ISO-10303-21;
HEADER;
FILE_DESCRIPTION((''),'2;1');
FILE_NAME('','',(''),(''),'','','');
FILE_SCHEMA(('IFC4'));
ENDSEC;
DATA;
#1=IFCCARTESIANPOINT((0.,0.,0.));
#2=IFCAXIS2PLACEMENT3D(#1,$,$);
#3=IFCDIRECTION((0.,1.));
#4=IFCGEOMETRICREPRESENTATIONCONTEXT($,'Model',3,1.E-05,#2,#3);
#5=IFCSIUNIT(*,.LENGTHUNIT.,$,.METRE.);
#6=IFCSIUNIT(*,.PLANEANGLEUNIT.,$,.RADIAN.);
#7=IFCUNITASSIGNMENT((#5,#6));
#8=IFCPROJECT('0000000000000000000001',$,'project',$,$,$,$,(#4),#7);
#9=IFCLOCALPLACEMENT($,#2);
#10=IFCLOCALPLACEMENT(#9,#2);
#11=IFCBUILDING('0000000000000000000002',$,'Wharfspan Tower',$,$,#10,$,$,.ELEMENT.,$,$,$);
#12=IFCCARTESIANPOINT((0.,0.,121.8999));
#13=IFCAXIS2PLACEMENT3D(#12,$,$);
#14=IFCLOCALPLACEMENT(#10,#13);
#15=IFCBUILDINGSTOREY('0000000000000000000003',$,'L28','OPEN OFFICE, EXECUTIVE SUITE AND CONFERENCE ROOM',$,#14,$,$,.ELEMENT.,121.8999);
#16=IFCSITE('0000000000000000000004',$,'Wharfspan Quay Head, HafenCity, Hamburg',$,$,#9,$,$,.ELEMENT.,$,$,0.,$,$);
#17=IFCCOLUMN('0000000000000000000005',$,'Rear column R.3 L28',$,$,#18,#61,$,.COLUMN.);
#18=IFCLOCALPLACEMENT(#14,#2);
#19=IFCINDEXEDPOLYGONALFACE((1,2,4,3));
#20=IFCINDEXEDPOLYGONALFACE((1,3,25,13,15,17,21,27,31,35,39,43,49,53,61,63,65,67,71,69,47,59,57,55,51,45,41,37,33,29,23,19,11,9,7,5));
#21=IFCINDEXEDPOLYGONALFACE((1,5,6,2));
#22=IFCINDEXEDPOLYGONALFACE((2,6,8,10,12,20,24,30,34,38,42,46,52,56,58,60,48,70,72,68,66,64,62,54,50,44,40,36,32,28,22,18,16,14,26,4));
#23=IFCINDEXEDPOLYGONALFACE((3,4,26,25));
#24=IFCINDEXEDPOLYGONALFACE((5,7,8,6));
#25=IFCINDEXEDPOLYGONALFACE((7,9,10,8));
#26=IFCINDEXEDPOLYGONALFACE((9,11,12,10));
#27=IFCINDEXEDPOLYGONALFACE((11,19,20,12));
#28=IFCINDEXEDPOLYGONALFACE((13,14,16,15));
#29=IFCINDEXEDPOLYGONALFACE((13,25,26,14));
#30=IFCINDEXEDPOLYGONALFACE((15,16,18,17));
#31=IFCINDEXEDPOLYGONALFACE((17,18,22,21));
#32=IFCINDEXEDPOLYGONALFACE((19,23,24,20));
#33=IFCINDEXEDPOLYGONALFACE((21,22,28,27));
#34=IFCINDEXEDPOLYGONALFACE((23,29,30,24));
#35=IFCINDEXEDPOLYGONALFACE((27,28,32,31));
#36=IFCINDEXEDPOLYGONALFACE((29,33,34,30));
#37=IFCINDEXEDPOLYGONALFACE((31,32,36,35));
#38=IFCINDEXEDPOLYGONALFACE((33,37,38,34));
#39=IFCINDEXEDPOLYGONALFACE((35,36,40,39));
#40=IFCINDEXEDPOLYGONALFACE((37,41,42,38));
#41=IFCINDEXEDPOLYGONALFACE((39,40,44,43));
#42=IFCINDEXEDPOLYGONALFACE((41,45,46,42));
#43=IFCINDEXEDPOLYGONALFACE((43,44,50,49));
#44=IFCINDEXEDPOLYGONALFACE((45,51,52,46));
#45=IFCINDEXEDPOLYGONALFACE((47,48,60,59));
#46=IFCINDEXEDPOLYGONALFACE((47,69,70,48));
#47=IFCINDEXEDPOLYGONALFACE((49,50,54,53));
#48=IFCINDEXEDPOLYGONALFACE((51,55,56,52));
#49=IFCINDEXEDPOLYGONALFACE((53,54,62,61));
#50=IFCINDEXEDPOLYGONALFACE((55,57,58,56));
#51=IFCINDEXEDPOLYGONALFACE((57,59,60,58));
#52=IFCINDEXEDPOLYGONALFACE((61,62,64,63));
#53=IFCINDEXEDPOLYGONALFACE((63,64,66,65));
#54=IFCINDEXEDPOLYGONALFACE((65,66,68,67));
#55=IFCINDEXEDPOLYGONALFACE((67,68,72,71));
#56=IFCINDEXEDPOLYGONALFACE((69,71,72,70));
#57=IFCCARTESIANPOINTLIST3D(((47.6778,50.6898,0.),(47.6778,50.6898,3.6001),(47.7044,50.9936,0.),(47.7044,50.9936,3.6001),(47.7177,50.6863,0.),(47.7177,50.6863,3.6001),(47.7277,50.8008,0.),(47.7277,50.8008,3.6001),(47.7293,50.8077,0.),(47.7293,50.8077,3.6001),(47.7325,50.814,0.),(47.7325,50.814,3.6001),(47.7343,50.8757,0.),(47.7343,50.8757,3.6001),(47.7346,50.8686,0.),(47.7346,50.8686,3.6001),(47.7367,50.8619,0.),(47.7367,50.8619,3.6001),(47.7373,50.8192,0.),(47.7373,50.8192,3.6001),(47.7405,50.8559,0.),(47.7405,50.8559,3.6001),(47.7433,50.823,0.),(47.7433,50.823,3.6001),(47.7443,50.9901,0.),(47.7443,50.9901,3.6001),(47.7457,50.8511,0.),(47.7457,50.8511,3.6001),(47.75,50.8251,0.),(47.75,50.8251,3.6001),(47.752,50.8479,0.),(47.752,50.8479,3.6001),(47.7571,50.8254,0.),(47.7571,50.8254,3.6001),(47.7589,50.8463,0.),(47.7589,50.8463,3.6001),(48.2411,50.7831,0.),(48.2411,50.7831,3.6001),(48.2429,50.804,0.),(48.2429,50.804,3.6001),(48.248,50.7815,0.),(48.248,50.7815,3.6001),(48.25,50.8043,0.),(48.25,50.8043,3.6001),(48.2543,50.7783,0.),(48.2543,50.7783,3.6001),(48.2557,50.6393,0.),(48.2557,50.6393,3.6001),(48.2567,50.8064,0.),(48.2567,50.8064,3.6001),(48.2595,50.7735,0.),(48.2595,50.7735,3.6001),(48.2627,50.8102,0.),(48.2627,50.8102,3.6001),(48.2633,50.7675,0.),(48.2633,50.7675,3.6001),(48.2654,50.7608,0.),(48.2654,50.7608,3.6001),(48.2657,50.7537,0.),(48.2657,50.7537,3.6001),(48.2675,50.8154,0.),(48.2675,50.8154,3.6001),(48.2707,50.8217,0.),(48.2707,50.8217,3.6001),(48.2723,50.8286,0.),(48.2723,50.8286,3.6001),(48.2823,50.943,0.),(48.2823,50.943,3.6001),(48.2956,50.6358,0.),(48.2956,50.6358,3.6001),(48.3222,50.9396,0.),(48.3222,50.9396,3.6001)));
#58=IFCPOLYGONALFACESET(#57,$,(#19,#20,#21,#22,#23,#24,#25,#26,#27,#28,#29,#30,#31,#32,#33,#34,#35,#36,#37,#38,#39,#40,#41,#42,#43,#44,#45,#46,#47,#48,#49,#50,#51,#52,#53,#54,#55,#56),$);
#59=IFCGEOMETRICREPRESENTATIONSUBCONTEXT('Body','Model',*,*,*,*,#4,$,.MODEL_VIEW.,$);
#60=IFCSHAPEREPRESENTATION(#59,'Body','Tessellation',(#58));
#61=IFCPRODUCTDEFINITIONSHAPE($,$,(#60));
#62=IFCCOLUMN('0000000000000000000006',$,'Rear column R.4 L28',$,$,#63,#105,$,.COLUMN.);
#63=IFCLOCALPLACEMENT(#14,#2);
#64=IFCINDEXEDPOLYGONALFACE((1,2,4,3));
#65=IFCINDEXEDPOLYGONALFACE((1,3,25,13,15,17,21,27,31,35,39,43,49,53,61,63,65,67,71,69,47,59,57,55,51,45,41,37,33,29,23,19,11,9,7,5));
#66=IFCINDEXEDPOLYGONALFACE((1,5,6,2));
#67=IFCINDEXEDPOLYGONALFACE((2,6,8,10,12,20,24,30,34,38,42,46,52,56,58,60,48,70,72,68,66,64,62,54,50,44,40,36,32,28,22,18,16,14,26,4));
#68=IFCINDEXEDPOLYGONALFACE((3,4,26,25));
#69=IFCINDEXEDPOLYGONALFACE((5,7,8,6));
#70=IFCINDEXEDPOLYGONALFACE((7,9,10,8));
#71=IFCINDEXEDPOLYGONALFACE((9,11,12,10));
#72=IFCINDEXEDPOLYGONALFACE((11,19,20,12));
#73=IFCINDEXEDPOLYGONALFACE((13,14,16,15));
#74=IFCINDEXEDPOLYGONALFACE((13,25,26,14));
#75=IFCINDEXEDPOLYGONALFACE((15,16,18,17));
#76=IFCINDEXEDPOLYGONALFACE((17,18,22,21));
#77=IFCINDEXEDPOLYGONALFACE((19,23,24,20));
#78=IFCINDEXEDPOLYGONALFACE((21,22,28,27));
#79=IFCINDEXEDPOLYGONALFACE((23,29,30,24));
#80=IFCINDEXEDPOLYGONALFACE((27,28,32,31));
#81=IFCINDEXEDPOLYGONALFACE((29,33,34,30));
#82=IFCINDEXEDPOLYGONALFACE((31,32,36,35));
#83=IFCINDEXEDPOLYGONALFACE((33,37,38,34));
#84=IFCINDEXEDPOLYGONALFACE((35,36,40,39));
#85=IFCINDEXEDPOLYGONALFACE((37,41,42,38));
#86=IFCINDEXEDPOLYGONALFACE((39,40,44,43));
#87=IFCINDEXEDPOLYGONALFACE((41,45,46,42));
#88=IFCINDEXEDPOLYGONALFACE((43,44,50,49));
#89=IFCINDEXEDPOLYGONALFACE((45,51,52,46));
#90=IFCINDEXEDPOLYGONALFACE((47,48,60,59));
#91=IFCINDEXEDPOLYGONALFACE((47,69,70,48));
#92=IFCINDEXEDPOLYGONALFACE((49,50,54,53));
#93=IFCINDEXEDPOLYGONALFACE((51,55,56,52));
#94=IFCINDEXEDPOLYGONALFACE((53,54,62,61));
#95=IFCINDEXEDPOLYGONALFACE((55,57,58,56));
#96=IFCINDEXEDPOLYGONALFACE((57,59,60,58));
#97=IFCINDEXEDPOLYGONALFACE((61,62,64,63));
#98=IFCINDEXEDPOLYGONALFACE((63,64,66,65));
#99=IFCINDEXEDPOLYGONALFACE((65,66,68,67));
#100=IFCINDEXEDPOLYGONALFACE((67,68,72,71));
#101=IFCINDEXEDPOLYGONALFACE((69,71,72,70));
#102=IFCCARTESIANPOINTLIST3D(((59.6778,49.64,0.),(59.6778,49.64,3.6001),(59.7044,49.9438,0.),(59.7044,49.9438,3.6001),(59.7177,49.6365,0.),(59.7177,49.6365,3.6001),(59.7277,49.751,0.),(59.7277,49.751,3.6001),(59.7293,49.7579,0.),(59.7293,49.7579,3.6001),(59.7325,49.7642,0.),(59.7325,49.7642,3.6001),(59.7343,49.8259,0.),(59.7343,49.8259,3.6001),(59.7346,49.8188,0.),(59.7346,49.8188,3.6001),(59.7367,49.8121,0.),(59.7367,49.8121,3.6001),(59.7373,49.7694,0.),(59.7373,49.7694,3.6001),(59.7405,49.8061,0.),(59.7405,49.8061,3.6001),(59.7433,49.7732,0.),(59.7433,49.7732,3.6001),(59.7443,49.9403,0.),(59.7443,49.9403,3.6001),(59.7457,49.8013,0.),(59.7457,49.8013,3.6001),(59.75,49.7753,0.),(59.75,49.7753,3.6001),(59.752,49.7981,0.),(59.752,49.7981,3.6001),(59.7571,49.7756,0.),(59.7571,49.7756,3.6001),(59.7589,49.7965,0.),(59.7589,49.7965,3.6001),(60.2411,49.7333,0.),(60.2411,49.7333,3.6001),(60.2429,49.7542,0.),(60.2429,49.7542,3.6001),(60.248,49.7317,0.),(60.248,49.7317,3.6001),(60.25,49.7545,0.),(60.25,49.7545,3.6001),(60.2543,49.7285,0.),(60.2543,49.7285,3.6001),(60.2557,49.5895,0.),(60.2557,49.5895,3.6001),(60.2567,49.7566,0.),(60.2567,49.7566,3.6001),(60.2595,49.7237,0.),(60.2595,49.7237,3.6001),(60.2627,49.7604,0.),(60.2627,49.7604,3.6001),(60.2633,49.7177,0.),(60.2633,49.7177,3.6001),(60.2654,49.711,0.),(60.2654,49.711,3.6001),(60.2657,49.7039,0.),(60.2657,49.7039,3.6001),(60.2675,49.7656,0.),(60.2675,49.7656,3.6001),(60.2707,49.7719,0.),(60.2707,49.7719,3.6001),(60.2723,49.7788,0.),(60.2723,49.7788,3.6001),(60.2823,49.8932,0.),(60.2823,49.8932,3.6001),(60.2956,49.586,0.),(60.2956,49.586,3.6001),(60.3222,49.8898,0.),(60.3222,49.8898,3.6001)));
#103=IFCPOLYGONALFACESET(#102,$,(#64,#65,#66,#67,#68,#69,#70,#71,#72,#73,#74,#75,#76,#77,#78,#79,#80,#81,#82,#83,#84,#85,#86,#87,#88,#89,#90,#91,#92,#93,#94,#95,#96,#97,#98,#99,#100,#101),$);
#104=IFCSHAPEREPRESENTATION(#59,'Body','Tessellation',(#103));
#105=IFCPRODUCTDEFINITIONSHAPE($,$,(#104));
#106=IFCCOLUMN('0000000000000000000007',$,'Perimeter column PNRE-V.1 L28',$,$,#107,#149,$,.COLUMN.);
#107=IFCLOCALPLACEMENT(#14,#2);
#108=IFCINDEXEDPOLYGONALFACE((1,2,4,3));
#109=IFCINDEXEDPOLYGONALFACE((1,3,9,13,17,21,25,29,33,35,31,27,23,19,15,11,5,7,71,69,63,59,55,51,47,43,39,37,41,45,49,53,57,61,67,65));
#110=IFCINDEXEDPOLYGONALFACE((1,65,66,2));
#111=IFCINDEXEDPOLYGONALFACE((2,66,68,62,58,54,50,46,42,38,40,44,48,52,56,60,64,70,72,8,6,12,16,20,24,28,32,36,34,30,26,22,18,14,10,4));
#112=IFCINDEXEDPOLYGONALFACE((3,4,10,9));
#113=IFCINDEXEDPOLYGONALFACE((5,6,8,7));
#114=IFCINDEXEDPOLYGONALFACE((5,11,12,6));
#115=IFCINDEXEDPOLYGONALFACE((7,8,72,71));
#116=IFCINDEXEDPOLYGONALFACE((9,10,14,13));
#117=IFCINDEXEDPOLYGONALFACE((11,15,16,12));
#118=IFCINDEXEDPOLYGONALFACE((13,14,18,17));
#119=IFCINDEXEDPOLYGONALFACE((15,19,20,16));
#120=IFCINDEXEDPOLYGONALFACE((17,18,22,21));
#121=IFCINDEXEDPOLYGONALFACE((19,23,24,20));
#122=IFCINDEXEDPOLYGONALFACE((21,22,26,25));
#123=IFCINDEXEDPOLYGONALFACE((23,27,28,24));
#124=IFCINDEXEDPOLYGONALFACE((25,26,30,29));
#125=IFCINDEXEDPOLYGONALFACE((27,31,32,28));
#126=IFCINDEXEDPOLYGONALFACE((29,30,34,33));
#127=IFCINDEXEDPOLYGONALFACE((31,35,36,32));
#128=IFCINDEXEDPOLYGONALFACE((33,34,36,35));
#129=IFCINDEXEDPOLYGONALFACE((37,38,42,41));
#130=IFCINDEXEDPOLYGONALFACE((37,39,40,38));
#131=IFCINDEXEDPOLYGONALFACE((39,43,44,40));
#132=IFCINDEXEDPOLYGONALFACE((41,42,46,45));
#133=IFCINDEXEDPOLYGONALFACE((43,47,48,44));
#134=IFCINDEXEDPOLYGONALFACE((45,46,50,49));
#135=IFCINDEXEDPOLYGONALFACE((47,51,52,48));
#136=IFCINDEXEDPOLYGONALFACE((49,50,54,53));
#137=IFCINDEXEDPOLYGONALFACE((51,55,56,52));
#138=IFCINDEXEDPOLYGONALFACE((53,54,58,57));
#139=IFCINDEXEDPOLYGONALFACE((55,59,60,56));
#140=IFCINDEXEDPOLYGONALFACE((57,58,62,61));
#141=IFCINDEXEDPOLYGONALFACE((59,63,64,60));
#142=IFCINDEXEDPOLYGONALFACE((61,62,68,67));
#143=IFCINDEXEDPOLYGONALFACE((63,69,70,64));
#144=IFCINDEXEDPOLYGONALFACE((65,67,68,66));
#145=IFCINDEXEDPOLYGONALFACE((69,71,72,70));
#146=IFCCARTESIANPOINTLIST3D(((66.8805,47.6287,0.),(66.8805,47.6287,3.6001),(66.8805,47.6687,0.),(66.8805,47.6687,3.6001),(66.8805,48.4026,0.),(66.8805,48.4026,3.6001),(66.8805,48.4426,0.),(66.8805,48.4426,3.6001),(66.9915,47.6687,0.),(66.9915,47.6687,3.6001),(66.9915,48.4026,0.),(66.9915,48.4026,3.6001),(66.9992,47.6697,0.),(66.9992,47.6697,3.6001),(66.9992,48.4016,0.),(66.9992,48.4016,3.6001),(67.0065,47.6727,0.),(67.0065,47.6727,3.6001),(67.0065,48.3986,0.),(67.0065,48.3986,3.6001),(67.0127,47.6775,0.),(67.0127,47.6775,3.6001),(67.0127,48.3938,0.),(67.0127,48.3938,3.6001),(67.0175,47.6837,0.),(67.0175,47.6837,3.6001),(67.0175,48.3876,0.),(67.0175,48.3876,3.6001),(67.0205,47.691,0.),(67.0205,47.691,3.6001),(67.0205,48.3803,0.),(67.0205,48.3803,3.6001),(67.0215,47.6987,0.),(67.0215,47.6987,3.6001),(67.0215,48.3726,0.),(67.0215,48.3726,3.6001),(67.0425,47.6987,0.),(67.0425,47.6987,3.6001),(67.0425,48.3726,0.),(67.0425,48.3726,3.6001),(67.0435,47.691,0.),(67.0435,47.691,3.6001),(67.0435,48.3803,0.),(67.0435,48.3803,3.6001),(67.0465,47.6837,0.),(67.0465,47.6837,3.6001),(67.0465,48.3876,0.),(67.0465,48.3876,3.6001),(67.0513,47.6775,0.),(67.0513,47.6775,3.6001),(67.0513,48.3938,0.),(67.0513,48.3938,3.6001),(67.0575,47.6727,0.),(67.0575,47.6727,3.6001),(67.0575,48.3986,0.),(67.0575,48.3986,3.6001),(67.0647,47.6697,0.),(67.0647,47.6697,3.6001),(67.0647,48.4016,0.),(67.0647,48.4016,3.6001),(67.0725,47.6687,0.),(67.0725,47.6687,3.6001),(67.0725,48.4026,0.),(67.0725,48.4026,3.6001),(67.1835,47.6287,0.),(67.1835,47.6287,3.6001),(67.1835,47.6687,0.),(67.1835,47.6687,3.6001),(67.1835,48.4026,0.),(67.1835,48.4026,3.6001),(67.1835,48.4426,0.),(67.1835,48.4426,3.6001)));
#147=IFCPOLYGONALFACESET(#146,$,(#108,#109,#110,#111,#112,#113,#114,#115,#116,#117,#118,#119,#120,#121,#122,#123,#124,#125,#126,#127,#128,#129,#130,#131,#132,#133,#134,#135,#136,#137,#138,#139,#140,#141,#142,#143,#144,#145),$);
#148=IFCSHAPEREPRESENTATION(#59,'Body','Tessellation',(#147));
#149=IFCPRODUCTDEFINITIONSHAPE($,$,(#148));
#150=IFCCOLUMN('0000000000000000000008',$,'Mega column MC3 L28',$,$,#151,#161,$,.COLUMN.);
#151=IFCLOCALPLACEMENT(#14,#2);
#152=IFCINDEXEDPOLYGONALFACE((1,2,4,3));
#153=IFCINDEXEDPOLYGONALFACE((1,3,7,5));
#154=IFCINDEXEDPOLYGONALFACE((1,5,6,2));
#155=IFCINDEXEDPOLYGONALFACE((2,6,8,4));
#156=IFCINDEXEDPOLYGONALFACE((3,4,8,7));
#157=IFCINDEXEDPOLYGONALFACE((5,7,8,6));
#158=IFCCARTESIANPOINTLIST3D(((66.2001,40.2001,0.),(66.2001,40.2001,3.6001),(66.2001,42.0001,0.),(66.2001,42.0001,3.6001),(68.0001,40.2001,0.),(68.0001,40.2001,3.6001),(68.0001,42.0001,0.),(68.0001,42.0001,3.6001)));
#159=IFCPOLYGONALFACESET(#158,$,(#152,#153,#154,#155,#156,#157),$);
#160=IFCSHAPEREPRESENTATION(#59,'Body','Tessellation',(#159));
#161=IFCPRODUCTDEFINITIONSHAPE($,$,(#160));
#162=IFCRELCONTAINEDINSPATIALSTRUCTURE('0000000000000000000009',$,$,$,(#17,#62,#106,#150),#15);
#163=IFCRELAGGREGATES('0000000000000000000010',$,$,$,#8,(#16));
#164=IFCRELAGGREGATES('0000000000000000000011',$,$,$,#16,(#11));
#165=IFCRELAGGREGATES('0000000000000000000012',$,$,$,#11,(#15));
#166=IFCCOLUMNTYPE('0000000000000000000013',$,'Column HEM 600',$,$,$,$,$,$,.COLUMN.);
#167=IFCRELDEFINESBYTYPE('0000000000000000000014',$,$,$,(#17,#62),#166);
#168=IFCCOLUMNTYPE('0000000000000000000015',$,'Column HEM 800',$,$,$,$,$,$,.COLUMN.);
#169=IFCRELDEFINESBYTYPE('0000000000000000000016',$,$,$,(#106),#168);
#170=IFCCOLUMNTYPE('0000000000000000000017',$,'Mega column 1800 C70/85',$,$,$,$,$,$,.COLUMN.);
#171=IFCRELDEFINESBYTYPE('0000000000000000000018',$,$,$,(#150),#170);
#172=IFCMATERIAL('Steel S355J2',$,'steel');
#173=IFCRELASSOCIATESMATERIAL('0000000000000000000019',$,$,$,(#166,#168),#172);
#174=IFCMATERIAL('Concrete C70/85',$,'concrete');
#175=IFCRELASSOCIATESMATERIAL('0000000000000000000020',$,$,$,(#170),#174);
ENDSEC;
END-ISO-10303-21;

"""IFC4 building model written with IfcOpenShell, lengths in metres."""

from ifc_helpers import new_model, si_unit, direction, frame, origin, origin_2d, place, context, subcontext, project, spatial, rectangle, i_section, extrude, material, material_profile, profile_set, type_object, element, save


model = new_model("IFC4")

# Units and contexts
model_context = context("Model", 3, precision=1e-05, world=origin(), true_north=direction((0.0, 1.0)))
body_context = subcontext(model_context, "Body", "Model", "MODEL_VIEW")
ifc_project = project(units=[si_unit("LENGTHUNIT", "METRE"), si_unit("PLANEANGLEUNIT", "RADIAN")], contexts=[model_context])

# Site, building, storey
site_placement = place(None, origin())
site = spatial("IfcSite", under=ifc_project, at=site_placement, Name="Wharfspan Quay Head, HafenCity, Hamburg", CompositionType="ELEMENT", RefElevation=0.0)
building_placement = place(site_placement, origin())
building = spatial("IfcBuilding", under=site, at=building_placement, Name="Wharfspan Tower", CompositionType="ELEMENT")
storey_placement = place(building_placement, frame((0.0, 0.0, 121.8999)))
storey = spatial("IfcBuildingStorey", under=building, at=storey_placement, Name="L28", Description="OPEN OFFICE, EXECUTIVE SUITE AND CONFERENCE ROOM", CompositionType="ELEMENT", Elevation=121.8999)

# Columns
ifc_material_1 = material(Name="Steel S355J2", Category="steel")
ifc_material_profile_1 = material_profile(ifc_material_1, i_section(OverallWidth=0.3049, OverallDepth=0.6201, WebThickness=0.021, FlangeThickness=0.04, FilletRadius=0.0271, at=origin_2d()))
ifc_profile_set_1 = profile_set([ifc_material_profile_1], Name="Steel S355J2")
column_type_1 = type_object("IfcColumnType", Name="Column HEM 600", PredefinedType="COLUMN", material=ifc_profile_set_1)
for number, where, z_axis, x_axis, name in (
    (1, (48.0, 50.8147, 0.0), (0.0, 0.0, 1.0), (0.087156, 0.996198, 0.0), "Rear column R.3 L28"),
    (2, (60.0, 49.7649, 0.0), (0.0, 0.0, 1.0), (0.087156, 0.996198, 0.0), "Rear column R.4 L28"),
):
    element("IfcColumn", number, at=place(storey_placement, frame(where, z_axis=z_axis, x_axis=x_axis)), inside=storey, type_object=column_type_1, Name=name, PredefinedType="COLUMN", context=body_context, shape_type="SweptSolid", body=[
        extrude(i_section(OverallWidth=0.3049, OverallDepth=0.6201, WebThickness=0.021, FlangeThickness=0.04, FilletRadius=0.0271, at=origin_2d()), origin(), (0.0, 0.0, 1.0), 3.6001),
    ])
ifc_material_profile_2 = material_profile(ifc_material_1, i_section(OverallWidth=0.303, OverallDepth=0.814, WebThickness=0.021, FlangeThickness=0.04, FilletRadius=0.03, at=origin_2d()))
ifc_profile_set_2 = profile_set([ifc_material_profile_2], Name="Steel S355J2")
column_type_2 = type_object("IfcColumnType", Name="Column HEM 800", PredefinedType="COLUMN", material=ifc_profile_set_2)
column_1_placement = place(storey_placement, frame((67.032, 48.0356, 0.0), z_axis=(0.0, 0.0, 1.0), x_axis=(1.0, 0.0, 0.0)))
element("IfcColumn", 3, at=column_1_placement, inside=storey, type_object=column_type_2, Name="Perimeter column PNRE-V.1 L28", PredefinedType="COLUMN", context=body_context, shape_type="SweptSolid", body=[
    extrude(i_section(OverallWidth=0.303, OverallDepth=0.814, WebThickness=0.021, FlangeThickness=0.04, FilletRadius=0.03, at=origin_2d()), origin(), (0.0, 0.0, 1.0), 3.6001),
])
ifc_material_2 = material(Name="Concrete C70/85", Category="concrete")
ifc_material_profile_3 = material_profile(ifc_material_2, rectangle(XDim=1.8, YDim=1.8, at=origin_2d()))
ifc_profile_set_3 = profile_set([ifc_material_profile_3], Name="Concrete C70/85")
column_type_3 = type_object("IfcColumnType", Name="Mega column 1800 C70/85", PredefinedType="COLUMN", material=ifc_profile_set_3)
column_2_placement = place(storey_placement, frame((67.1001, 41.1001, 0.0), z_axis=(0.0, 0.0, 1.0), x_axis=(1.0, 0.0, 0.0)))
element("IfcColumn", 4, at=column_2_placement, inside=storey, type_object=column_type_3, Name="Mega column MC3 L28", PredefinedType="COLUMN", context=body_context, shape_type="SweptSolid", body=[
    extrude(rectangle(XDim=1.8, YDim=1.8, at=origin_2d()), origin(), (0.0, 0.0, 1.0), 3.6001),
])

save(model, "model.ifc")
